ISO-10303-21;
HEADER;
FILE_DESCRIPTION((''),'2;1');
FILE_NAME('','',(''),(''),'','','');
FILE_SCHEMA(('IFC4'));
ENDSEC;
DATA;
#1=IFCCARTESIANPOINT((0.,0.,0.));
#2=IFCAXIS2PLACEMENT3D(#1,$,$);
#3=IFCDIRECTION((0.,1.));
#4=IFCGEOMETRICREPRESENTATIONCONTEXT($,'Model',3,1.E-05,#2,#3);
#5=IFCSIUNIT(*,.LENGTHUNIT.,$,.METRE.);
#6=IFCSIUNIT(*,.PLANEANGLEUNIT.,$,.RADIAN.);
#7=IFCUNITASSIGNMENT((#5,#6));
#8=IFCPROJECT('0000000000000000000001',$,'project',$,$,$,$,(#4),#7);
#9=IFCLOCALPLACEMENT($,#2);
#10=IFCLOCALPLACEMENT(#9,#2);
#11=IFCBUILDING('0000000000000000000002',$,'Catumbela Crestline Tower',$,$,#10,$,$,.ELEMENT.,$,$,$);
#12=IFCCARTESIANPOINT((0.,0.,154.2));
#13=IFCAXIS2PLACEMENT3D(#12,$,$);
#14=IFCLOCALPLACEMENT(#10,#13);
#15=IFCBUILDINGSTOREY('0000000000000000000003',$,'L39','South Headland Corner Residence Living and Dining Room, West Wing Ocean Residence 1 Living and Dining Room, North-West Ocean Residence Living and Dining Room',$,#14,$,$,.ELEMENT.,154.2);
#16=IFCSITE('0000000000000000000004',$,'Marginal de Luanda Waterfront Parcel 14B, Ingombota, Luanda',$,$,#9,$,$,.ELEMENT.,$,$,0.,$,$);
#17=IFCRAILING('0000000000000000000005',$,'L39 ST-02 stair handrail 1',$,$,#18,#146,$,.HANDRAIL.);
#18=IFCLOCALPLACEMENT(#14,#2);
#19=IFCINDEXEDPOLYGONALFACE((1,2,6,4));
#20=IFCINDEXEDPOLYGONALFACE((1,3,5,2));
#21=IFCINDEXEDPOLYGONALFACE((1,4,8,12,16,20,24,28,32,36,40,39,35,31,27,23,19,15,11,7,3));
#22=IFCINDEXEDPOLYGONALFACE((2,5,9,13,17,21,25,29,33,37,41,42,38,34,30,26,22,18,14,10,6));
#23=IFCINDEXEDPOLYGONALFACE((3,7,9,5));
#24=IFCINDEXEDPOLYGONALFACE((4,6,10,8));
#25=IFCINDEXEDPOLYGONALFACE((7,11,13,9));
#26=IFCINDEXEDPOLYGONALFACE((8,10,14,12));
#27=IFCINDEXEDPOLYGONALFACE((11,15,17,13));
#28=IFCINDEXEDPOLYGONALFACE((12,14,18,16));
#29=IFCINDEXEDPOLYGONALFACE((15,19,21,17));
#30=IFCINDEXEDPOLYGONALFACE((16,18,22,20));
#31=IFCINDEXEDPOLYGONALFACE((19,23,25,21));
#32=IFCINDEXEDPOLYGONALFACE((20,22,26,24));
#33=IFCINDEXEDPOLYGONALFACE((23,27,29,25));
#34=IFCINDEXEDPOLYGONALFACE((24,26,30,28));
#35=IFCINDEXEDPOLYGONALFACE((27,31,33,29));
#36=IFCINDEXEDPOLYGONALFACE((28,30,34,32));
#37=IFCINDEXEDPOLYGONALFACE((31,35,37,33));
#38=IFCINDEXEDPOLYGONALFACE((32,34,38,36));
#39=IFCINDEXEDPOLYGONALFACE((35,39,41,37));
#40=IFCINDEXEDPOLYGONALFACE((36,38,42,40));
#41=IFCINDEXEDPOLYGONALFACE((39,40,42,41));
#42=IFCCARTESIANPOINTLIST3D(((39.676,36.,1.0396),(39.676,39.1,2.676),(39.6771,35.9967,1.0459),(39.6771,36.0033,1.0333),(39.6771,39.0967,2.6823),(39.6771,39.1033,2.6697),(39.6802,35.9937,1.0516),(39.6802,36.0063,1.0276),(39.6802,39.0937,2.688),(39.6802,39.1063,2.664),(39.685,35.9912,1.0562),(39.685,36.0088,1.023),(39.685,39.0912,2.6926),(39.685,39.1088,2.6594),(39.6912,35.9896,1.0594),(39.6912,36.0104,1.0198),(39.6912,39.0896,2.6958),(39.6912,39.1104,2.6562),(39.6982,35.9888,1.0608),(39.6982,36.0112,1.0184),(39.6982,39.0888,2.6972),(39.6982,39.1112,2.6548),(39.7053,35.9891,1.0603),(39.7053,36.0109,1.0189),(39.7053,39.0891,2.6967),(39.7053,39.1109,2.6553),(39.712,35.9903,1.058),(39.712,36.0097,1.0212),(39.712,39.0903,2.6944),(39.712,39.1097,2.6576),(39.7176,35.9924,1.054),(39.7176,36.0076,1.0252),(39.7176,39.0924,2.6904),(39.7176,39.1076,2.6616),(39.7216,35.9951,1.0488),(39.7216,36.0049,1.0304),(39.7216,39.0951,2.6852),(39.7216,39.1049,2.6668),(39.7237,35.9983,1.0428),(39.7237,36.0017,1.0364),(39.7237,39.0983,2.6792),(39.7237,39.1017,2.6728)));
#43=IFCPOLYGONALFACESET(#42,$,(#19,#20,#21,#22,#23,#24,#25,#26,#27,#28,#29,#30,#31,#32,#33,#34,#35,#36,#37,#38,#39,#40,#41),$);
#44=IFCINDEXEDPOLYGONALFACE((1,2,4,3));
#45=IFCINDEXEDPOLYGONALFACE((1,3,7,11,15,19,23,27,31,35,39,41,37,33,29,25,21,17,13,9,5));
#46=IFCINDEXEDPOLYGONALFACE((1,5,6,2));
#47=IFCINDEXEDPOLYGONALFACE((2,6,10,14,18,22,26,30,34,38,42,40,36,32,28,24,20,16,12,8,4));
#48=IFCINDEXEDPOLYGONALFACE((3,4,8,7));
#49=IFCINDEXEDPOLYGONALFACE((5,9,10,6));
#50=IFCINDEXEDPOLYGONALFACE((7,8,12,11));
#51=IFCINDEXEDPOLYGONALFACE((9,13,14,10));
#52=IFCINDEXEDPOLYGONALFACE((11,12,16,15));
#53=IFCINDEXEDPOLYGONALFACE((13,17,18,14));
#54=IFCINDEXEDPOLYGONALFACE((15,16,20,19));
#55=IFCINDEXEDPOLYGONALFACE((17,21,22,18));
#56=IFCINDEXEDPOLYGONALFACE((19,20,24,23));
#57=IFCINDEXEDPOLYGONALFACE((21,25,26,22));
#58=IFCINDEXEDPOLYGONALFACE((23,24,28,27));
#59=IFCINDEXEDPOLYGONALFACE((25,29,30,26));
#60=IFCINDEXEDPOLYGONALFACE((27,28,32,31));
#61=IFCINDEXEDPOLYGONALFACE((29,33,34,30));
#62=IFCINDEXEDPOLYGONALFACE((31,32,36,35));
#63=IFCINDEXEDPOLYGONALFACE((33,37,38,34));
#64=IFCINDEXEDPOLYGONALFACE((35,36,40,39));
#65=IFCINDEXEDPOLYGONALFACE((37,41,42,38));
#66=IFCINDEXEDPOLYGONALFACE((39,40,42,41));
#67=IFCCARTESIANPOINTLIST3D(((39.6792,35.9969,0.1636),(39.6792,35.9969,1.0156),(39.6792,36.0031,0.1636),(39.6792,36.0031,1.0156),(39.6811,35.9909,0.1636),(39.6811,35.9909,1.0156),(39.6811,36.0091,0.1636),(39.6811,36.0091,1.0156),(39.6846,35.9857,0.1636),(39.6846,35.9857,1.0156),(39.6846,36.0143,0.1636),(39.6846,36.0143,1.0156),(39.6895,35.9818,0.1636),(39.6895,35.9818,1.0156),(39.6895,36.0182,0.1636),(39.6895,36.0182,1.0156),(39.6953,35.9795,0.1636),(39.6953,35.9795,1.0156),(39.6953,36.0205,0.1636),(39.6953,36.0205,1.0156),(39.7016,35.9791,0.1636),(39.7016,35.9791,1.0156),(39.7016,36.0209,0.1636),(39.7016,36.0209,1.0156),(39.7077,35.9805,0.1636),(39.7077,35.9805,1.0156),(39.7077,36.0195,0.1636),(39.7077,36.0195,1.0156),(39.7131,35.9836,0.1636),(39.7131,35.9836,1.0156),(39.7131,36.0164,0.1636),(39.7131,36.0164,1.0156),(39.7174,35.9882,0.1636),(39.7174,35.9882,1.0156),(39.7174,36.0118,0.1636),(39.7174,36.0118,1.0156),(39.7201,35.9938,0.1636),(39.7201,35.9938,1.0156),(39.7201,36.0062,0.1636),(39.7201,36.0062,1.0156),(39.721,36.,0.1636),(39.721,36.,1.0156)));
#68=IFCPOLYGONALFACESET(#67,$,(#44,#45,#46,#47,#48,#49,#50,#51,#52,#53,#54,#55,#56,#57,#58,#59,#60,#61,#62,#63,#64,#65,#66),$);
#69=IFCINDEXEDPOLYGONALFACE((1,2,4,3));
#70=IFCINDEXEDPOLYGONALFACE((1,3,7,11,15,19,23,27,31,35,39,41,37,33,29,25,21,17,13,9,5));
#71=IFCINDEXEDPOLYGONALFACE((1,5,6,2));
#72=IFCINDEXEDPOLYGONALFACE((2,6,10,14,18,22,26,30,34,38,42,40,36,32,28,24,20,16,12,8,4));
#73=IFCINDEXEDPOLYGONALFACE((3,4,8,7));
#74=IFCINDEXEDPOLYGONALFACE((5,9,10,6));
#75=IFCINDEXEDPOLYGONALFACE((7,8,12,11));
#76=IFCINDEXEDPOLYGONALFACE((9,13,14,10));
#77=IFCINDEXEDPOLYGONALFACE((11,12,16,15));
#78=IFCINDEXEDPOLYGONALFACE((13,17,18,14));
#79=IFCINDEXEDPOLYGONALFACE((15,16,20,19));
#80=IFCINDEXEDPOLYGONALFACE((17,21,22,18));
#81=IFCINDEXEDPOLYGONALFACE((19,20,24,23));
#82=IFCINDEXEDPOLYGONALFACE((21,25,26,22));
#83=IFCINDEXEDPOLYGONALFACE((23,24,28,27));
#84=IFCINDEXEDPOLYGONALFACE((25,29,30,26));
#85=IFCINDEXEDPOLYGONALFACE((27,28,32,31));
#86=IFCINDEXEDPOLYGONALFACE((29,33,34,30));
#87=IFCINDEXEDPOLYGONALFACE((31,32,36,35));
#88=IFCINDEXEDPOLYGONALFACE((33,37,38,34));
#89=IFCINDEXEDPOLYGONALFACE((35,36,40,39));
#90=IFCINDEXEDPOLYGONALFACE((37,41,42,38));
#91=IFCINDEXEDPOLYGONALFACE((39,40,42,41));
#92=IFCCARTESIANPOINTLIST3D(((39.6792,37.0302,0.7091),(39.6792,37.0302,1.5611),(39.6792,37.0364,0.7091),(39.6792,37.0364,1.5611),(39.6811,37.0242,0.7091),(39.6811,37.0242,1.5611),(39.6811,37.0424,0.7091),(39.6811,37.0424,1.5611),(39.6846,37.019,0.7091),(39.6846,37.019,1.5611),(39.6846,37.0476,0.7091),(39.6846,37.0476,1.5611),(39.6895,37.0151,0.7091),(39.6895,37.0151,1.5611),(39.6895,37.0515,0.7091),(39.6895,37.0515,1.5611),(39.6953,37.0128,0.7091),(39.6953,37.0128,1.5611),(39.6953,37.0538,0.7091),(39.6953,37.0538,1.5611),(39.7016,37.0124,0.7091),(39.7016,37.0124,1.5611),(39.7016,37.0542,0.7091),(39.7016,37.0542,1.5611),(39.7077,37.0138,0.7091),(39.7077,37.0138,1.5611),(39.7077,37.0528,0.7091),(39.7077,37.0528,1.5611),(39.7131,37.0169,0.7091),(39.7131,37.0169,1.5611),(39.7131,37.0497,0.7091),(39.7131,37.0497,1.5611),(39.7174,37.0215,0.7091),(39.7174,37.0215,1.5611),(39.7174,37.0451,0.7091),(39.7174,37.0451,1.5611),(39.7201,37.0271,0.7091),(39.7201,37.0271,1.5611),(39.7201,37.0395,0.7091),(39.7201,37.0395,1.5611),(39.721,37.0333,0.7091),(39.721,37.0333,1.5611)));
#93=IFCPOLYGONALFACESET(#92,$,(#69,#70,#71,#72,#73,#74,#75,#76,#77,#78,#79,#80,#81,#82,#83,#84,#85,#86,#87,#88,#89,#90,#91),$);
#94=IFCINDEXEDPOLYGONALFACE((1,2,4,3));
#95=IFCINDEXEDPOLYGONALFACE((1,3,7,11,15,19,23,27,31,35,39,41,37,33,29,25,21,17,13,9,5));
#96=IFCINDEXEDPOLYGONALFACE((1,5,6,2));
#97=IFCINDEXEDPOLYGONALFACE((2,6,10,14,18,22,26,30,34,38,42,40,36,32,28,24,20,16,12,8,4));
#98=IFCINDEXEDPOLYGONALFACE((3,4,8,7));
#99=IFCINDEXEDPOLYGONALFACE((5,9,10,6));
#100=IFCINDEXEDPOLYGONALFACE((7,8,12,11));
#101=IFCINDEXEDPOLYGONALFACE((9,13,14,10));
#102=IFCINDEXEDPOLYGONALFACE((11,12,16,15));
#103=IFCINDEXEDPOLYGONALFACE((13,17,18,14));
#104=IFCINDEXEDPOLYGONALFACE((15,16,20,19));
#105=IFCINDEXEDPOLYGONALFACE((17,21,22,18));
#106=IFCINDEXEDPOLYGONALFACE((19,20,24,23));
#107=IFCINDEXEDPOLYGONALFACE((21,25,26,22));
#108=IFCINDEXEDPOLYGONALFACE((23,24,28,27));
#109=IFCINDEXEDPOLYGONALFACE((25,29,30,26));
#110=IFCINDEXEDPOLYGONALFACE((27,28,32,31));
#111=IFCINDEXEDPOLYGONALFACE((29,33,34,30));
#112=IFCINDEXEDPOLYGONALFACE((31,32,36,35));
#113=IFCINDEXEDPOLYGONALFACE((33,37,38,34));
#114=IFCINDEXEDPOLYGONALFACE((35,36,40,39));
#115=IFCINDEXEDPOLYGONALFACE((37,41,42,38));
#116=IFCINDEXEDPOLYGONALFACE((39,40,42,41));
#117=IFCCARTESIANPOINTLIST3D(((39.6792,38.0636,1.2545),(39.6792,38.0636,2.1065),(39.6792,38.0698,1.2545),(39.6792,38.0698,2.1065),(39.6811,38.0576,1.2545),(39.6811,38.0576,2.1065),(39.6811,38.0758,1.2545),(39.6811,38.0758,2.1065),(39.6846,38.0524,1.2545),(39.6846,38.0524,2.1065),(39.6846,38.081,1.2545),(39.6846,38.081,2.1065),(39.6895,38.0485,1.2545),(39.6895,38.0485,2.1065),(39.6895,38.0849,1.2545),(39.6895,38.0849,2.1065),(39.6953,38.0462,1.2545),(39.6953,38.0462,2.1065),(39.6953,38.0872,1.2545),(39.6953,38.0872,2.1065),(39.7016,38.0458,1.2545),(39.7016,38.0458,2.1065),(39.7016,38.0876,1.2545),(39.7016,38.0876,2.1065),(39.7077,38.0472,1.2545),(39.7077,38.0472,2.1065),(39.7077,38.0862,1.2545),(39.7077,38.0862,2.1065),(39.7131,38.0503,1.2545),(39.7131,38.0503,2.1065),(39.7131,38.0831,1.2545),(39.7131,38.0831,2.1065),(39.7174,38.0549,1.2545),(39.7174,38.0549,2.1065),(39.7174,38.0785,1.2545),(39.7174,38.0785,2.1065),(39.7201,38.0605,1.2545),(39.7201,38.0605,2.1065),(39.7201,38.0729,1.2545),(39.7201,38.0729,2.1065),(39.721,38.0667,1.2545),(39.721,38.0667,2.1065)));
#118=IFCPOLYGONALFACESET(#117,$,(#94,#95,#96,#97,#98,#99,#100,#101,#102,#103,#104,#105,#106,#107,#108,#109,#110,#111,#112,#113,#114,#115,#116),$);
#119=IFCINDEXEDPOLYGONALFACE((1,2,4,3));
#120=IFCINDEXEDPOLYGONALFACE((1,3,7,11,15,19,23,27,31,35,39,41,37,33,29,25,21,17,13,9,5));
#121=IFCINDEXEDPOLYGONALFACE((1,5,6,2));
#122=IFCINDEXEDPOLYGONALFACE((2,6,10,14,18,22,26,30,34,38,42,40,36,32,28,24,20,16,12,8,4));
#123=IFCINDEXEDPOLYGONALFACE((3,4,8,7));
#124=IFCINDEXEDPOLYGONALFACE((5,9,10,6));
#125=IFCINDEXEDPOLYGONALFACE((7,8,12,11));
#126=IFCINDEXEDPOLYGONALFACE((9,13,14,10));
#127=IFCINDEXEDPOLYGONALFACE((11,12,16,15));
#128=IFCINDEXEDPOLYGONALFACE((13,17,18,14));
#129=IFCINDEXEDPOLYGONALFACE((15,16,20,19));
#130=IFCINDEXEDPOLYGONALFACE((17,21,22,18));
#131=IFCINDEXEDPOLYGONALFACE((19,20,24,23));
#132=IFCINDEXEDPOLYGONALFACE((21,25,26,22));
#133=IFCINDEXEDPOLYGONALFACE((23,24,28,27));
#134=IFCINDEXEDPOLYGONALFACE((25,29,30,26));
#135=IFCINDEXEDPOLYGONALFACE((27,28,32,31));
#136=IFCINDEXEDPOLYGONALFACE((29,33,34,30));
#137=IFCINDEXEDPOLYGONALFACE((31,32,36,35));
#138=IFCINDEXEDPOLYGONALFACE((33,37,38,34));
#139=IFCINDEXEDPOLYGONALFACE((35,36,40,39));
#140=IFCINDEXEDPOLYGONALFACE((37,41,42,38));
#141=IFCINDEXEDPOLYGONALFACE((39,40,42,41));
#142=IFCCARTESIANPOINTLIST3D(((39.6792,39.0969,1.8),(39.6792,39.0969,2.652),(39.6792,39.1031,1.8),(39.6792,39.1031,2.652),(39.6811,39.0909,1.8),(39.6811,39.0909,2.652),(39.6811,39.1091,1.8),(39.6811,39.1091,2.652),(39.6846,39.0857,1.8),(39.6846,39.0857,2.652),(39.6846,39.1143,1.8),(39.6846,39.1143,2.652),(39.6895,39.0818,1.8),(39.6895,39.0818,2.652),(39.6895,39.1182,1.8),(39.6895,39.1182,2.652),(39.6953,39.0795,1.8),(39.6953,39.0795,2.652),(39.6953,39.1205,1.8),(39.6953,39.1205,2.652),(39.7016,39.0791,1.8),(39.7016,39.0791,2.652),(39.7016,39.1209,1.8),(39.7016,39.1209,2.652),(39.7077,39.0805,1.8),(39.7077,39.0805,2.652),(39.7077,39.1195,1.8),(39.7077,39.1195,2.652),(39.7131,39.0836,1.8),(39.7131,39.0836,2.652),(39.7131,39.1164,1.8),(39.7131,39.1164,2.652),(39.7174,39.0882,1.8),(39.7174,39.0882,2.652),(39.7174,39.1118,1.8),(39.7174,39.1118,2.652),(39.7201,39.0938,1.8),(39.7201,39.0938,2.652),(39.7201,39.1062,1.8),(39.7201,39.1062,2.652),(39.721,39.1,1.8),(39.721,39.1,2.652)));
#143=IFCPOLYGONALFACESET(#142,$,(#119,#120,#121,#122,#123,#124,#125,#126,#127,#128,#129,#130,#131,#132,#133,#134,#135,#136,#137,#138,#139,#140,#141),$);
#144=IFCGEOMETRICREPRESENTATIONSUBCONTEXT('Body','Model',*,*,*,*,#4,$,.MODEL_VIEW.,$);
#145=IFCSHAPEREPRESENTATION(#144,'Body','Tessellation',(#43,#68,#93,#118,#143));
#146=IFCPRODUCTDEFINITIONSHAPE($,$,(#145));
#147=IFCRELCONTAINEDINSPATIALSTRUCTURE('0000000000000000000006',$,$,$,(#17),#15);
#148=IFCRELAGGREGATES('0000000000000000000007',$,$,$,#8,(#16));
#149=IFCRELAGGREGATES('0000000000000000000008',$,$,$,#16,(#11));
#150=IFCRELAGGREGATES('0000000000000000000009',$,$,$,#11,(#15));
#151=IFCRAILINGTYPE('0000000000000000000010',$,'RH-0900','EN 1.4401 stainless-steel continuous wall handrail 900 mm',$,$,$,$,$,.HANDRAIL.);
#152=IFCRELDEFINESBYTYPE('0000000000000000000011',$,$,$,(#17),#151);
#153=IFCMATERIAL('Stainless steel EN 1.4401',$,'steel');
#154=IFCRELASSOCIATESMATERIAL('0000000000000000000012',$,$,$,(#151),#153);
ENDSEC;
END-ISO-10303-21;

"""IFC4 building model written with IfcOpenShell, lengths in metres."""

from ifc_helpers import new_model, si_unit, direction, frame, origin, origin_2d, place, context, subcontext, project, spatial, circle, extrude, material, type_object, element, save


model = new_model("IFC4")

# Units and contexts
model_context = context("Model", 3, precision=1e-05, world=origin(), true_north=direction((0.0, 1.0)))
body_context = subcontext(model_context, "Body", "Model", "MODEL_VIEW")
ifc_project = project(units=[si_unit("LENGTHUNIT", "METRE"), si_unit("PLANEANGLEUNIT", "RADIAN")], contexts=[model_context])

# Site, building, storey
site_placement = place(None, origin())
site = spatial("IfcSite", under=ifc_project, at=site_placement, Name="Marginal de Luanda Waterfront Parcel 14B, Ingombota, Luanda", CompositionType="ELEMENT", RefElevation=0.0)
building_placement = place(site_placement, origin())
building = spatial("IfcBuilding", under=site, at=building_placement, Name="Catumbela Crestline Tower", CompositionType="ELEMENT")
storey_placement = place(building_placement, frame((0.0, 0.0, 154.2)))
storey = spatial("IfcBuildingStorey", under=building, at=storey_placement, Name="L39", Description="South Headland Corner Residence Living and Dining Room, West Wing Ocean Residence 1 Living and Dining Room, North-West Ocean Residence Living and Dining Room", CompositionType="ELEMENT", Elevation=154.2)

# Shared definitions
ifc_material_1 = material(Name="Stainless steel EN 1.4401", Category="steel")

# Railing
railing_type_1 = type_object("IfcRailingType", Name="RH-0900", Description="EN 1.4401 stainless-steel continuous wall handrail 900 mm", PredefinedType="HANDRAIL", material=ifc_material_1)
railing_1_placement = place(storey_placement, frame((39.7, 36.0, 0.1636)))
element("IfcRailing", 1, at=railing_1_placement, inside=storey, type_object=railing_type_1, Name="L39 ST-02 stair handrail 1", PredefinedType="HANDRAIL", context=body_context, shape_type="SweptSolid", body=[
    extrude(circle(Radius=0.024, at=origin_2d()), frame((0.0, 0.0, 0.876), z_axis=(0.0, 0.884351, 0.466823), x_axis=(-1.0, 0.0, 0.0)), (0.0, 0.0, 1.0), 3.5054),
    extrude(circle(Radius=0.021, at=origin_2d()), origin(), (0.0, 0.0, 1.0), 0.852),
    extrude(circle(Radius=0.021, at=origin_2d()), frame((0.0, 1.0333, 0.5455)), (0.0, 0.0, 1.0), 0.852),
    extrude(circle(Radius=0.021, at=origin_2d()), frame((0.0, 2.0667, 1.0909)), (0.0, 0.0, 1.0), 0.852),
    extrude(circle(Radius=0.021, at=origin_2d()), frame((0.0, 3.1, 1.6364)), (0.0, 0.0, 1.0), 0.852),
])

save(model, "model.ifc")
